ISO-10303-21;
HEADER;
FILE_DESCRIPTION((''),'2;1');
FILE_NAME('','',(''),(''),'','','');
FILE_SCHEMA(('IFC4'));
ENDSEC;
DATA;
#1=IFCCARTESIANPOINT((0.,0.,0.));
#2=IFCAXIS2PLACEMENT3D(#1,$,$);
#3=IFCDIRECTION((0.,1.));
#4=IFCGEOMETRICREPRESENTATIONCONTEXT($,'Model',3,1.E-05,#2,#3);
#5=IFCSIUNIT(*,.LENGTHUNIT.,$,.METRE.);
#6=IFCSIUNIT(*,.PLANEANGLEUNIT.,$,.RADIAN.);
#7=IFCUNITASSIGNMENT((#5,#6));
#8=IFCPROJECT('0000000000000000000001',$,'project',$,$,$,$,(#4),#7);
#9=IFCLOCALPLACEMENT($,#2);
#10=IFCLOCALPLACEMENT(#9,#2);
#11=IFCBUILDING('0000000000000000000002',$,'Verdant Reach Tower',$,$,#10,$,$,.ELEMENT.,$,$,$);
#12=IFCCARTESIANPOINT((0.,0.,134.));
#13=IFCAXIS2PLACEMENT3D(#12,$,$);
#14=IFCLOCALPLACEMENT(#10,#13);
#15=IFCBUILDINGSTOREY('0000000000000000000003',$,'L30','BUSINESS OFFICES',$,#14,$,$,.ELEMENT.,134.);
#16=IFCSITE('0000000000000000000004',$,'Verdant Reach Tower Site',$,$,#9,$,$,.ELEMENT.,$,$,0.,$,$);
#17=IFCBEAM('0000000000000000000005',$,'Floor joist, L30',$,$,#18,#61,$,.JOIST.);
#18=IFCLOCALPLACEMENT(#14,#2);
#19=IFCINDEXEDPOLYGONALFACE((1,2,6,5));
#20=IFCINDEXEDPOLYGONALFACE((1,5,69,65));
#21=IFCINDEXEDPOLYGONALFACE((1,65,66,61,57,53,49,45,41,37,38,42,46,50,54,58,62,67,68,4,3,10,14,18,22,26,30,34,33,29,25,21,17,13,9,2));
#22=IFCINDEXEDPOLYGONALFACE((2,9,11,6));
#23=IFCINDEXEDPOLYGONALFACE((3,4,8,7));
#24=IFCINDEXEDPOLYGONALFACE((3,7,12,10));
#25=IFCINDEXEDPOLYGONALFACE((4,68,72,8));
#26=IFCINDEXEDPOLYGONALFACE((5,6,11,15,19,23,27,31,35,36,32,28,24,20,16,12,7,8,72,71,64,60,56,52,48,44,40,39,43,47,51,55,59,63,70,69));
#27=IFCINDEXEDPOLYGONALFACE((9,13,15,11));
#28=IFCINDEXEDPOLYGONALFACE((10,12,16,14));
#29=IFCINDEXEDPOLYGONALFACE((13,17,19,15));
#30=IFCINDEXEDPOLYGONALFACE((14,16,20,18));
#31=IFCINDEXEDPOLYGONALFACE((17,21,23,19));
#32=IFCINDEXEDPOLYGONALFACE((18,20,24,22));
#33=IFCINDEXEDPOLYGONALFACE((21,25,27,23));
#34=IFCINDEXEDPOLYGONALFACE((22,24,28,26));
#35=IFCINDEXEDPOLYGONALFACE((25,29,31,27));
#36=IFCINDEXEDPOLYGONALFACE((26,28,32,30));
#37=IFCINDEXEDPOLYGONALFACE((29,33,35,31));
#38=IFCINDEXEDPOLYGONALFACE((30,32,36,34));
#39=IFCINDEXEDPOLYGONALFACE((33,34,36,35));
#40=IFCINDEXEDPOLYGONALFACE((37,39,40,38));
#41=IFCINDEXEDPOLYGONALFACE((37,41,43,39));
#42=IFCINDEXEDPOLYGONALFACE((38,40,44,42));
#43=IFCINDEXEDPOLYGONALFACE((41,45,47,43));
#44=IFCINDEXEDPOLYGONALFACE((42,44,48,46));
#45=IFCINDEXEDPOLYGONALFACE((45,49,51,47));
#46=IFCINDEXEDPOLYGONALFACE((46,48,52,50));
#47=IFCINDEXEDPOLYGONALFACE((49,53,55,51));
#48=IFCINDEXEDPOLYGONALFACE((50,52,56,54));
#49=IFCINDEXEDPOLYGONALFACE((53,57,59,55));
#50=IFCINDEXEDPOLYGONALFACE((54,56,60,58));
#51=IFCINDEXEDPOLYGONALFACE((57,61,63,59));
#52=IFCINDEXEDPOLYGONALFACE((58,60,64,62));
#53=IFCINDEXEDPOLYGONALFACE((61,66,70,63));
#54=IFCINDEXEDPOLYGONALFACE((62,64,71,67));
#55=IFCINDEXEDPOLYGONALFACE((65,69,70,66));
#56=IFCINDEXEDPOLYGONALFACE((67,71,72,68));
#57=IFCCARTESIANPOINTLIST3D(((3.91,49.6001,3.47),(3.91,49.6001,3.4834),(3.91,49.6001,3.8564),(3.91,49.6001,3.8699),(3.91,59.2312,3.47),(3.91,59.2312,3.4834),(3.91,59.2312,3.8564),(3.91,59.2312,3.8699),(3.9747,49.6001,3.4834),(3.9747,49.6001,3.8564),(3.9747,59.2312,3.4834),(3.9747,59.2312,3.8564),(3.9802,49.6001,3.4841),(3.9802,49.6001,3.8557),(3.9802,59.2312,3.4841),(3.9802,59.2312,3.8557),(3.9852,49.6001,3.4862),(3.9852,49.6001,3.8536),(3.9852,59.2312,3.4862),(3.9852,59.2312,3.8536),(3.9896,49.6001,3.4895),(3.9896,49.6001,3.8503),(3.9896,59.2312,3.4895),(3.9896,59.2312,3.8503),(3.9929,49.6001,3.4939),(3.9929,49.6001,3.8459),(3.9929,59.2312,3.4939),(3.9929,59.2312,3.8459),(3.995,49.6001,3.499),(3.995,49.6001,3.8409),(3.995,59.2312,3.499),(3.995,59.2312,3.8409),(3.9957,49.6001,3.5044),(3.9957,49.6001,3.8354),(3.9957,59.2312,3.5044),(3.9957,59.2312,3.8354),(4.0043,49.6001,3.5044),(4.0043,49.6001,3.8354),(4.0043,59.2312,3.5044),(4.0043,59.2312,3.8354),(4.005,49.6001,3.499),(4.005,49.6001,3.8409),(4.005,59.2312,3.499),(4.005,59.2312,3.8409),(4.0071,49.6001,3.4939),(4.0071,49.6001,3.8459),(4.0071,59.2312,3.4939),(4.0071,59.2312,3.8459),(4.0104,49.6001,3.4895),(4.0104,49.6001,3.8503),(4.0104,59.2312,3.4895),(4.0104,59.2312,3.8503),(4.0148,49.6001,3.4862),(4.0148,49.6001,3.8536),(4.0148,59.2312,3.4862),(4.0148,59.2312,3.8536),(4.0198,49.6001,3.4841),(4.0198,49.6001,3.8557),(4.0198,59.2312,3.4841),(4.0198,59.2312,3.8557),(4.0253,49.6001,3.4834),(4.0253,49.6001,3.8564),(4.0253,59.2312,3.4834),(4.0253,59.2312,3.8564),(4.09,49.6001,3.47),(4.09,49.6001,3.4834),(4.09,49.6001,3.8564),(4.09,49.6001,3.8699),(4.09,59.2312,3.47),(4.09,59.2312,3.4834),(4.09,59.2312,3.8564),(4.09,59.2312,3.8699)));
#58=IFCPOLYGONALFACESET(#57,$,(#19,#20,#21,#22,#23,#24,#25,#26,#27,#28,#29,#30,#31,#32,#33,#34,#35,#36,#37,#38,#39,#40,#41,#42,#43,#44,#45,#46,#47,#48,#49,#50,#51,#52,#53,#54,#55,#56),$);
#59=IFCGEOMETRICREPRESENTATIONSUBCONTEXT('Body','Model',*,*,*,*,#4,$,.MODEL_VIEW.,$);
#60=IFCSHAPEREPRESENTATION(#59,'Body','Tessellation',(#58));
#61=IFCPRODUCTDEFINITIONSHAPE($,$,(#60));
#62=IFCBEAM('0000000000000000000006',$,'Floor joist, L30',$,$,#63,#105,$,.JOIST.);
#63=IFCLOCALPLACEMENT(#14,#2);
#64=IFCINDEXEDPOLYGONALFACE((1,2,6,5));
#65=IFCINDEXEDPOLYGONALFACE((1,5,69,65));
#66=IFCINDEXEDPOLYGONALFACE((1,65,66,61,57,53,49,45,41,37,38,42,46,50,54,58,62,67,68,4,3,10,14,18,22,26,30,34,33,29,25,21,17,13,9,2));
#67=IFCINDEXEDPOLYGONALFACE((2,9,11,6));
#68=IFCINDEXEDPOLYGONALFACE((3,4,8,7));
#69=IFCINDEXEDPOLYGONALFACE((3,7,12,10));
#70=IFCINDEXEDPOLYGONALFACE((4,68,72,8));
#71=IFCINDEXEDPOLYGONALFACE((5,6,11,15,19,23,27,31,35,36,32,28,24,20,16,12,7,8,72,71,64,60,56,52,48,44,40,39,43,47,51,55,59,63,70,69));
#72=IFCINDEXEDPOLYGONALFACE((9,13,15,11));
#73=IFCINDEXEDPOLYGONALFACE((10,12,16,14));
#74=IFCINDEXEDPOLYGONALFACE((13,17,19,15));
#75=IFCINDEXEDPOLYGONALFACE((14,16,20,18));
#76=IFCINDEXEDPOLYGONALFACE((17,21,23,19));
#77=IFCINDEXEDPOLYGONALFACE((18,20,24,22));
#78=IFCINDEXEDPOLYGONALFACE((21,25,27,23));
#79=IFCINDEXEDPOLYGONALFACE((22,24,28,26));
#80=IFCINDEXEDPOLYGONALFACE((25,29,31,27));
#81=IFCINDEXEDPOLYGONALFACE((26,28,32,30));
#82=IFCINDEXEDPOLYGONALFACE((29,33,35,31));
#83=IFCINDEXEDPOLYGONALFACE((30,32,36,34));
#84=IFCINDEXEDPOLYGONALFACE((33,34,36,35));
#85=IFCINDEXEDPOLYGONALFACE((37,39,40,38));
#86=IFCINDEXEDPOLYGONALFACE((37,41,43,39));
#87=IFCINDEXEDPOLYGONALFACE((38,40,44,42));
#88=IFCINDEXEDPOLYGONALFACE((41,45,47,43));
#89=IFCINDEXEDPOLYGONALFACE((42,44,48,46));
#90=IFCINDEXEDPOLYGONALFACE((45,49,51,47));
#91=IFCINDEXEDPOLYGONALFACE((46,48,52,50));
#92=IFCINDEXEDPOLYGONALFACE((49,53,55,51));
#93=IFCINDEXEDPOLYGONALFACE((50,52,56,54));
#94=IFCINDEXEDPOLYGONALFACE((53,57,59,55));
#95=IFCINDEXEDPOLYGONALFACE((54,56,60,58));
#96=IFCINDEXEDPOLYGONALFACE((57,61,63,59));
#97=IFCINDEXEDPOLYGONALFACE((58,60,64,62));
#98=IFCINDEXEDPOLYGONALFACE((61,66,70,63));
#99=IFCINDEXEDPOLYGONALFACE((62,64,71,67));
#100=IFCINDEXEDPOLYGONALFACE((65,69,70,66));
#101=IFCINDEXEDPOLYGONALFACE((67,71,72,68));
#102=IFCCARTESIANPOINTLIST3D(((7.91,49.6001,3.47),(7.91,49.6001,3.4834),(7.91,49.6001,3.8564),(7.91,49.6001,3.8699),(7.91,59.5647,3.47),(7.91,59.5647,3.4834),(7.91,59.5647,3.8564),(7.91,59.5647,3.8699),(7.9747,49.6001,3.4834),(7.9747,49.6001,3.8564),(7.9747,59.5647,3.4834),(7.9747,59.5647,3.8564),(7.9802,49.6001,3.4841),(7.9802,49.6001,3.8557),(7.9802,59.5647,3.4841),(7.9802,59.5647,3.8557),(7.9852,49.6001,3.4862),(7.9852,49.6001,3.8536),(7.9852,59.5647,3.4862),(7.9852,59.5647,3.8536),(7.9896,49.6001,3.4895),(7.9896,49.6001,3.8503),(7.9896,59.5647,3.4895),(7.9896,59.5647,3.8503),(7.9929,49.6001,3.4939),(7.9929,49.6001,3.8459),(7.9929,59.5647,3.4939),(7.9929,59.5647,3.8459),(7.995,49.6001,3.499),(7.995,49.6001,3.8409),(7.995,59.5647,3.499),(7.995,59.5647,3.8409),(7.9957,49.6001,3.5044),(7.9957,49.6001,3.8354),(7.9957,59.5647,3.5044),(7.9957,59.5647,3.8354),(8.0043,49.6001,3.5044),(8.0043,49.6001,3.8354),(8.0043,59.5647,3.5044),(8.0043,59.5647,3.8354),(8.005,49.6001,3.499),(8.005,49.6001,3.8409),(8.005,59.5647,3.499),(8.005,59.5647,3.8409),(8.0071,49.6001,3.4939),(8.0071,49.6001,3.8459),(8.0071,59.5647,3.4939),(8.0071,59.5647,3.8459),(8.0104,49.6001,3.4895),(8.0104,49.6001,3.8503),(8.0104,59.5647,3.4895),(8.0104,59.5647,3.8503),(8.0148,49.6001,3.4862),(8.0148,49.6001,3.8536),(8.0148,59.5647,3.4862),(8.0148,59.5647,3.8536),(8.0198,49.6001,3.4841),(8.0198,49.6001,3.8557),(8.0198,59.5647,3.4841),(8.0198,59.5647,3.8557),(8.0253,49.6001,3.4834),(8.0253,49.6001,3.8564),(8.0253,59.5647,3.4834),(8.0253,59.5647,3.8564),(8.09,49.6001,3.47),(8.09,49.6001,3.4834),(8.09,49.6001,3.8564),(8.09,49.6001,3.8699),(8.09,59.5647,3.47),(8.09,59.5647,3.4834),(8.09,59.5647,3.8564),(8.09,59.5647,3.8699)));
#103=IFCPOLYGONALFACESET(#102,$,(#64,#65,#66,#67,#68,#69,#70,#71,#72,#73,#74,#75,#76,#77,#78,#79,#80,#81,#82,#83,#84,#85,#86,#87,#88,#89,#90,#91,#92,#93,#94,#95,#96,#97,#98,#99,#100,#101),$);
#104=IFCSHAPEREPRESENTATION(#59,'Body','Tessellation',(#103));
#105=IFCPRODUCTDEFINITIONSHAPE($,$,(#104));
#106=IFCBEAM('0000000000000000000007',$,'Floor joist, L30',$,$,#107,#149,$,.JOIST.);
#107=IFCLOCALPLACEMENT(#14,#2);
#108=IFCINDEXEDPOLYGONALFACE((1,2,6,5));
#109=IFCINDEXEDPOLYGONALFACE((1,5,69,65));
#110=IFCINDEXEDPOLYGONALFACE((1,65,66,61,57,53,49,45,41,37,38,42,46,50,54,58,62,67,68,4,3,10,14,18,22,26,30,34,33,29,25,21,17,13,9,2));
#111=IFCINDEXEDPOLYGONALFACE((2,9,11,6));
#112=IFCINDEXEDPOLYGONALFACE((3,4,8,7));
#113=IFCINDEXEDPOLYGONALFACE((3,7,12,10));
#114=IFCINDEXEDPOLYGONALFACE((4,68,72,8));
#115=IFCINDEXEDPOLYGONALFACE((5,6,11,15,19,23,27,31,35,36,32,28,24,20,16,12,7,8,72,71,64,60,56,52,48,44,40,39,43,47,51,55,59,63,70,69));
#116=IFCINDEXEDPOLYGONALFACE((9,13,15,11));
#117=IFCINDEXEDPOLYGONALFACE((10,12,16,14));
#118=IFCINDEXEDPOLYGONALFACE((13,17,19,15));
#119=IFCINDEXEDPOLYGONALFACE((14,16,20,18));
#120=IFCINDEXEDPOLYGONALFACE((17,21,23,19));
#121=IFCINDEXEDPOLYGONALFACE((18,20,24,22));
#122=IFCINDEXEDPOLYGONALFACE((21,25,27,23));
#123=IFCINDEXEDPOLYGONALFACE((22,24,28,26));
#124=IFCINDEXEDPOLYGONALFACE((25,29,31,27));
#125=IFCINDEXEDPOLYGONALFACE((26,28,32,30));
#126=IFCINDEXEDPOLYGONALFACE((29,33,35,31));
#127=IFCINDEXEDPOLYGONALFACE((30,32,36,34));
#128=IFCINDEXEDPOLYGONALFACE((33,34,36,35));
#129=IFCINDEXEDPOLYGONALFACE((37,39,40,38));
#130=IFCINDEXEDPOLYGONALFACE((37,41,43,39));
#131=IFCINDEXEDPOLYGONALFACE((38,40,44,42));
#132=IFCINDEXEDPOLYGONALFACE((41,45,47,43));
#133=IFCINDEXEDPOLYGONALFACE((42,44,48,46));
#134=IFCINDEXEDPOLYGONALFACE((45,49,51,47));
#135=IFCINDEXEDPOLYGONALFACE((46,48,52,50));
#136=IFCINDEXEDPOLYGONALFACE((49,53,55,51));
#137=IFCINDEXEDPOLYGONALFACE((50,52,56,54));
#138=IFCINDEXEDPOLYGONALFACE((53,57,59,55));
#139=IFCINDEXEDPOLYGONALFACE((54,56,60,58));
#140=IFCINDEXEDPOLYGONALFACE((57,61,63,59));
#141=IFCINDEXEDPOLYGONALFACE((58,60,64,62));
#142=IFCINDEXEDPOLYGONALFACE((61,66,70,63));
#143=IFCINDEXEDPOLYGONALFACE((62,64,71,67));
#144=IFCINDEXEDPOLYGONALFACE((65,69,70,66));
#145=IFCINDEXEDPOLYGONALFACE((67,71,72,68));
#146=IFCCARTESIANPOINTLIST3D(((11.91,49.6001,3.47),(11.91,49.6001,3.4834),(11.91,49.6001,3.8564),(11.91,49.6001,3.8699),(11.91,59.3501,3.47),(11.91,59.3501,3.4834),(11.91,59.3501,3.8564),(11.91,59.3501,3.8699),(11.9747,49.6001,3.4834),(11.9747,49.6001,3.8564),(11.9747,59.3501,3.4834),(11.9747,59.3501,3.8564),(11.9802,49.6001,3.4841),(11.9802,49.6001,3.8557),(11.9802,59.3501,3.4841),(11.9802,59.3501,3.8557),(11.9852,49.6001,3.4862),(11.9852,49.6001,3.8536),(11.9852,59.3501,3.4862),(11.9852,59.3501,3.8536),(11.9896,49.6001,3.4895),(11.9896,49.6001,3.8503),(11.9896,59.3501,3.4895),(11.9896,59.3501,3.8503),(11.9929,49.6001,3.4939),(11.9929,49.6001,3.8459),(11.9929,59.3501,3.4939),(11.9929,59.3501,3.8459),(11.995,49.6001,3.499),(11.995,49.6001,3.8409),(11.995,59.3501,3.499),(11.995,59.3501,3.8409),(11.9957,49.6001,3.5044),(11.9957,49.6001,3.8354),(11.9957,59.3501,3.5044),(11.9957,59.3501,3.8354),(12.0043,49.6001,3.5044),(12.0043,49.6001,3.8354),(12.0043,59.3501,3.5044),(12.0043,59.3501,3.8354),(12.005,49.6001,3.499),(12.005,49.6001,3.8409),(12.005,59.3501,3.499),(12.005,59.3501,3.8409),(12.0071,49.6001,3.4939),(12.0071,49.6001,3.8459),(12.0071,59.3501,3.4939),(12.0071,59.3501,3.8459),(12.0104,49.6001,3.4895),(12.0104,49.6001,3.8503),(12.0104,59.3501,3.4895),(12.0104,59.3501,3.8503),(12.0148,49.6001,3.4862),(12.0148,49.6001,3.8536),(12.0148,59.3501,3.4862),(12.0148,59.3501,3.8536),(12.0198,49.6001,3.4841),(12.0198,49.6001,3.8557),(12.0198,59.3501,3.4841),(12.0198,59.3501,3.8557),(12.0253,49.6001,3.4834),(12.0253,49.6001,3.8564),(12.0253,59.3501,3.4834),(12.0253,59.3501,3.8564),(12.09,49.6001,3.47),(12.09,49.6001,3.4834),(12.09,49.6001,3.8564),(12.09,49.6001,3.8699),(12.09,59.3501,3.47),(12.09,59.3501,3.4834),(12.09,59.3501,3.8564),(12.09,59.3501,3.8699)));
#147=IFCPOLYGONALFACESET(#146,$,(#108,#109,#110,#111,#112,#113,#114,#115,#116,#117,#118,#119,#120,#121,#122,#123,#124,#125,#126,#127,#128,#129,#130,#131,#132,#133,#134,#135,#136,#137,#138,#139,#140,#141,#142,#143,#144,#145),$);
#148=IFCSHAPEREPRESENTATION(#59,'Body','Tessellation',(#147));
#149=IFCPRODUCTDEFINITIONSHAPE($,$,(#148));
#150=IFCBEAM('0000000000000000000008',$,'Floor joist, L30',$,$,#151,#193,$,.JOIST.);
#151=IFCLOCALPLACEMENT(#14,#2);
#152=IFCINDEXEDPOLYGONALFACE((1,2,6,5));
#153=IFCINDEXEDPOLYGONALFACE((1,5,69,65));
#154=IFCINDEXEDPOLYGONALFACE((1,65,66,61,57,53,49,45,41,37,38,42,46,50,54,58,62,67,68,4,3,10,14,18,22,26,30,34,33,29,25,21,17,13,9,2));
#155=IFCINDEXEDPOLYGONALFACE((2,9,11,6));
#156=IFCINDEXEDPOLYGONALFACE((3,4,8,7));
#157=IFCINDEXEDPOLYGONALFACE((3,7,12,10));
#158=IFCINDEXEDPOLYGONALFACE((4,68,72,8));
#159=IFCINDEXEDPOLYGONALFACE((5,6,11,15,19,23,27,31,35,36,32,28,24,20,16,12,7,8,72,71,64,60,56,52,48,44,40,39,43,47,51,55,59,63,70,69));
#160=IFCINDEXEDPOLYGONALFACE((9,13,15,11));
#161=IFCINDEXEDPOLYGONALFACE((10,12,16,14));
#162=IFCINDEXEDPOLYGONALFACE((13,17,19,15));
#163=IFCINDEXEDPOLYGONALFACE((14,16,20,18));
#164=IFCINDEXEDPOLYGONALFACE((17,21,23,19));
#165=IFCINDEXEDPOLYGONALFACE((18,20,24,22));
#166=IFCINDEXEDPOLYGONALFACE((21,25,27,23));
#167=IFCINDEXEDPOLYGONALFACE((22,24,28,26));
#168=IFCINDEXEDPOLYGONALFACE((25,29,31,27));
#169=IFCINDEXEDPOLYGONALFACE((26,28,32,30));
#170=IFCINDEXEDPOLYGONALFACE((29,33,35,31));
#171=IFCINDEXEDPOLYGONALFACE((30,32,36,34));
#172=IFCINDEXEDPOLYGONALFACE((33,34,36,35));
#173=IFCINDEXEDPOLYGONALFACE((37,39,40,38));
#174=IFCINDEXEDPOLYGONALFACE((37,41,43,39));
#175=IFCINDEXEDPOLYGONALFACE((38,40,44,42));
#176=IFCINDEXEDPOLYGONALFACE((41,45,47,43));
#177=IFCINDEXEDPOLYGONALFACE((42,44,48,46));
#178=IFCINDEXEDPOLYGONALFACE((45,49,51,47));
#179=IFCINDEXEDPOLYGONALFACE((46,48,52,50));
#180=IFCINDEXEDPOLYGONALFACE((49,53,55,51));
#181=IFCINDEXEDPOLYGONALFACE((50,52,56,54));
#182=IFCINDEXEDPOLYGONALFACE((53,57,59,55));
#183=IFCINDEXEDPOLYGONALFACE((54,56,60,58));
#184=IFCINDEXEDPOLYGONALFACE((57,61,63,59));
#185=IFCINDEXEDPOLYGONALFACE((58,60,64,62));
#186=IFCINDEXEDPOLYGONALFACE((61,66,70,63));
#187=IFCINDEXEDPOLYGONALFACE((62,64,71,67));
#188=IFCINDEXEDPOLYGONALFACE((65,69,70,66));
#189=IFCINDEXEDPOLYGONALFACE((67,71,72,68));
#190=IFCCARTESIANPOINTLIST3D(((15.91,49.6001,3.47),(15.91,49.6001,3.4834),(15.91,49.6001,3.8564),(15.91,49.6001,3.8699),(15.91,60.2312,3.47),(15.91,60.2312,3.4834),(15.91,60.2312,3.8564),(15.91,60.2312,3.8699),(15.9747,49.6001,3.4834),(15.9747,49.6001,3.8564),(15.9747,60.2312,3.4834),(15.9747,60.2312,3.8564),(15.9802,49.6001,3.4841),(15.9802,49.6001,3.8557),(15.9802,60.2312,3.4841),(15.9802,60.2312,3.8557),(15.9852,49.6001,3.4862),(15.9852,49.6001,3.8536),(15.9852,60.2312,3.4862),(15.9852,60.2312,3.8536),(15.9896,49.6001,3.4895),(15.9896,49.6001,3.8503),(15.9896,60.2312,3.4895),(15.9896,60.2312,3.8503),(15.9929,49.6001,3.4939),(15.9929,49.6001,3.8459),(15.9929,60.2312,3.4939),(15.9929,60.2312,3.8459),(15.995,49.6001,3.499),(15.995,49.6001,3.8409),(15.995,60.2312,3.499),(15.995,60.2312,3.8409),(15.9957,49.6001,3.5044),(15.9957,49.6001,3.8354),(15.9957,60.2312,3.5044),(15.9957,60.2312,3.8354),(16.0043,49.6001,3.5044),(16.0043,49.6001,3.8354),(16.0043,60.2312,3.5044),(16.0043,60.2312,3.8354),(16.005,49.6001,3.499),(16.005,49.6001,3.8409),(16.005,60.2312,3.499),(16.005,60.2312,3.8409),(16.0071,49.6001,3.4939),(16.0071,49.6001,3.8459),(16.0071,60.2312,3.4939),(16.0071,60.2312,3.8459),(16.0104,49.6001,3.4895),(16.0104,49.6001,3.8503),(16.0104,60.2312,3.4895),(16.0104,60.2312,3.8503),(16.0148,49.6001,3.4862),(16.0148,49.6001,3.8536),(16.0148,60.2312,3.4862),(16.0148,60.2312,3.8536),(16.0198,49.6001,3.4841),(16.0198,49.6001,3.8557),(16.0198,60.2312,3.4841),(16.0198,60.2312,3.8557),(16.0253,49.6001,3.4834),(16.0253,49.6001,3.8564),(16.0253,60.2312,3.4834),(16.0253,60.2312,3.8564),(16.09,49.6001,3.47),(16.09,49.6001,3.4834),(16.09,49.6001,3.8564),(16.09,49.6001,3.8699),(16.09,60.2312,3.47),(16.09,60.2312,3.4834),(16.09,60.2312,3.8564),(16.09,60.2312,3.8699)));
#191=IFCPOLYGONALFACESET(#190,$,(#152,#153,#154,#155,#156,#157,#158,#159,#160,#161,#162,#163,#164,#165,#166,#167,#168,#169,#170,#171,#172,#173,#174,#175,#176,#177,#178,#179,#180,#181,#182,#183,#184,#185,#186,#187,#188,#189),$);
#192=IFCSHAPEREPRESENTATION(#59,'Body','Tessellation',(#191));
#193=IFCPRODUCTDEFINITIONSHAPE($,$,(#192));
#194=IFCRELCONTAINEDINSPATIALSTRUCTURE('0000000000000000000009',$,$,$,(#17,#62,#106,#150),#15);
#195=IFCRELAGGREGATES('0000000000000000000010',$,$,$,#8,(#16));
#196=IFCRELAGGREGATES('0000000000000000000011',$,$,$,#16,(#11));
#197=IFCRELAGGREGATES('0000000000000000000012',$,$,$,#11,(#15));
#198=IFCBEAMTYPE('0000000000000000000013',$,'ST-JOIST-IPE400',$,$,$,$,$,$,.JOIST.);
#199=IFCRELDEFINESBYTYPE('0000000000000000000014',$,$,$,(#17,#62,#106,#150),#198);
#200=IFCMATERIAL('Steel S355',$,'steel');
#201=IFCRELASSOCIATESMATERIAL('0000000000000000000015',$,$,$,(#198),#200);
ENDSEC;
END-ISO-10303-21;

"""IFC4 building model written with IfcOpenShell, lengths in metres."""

from ifc_helpers import new_model, si_unit, direction, frame, origin, origin_2d, place, context, subcontext, project, spatial, i_section, extrude, material, material_profile, profile_set, type_object, element, save


model = new_model("IFC4")

# Units and contexts
model_context = context("Model", 3, precision=1e-05, world=origin(), true_north=direction((0.0, 1.0)))
body_context = subcontext(model_context, "Body", "Model", "MODEL_VIEW")
ifc_project = project(units=[si_unit("LENGTHUNIT", "METRE"), si_unit("PLANEANGLEUNIT", "RADIAN")], contexts=[model_context])

# Site, building, storey
site_placement = place(None, origin())
site = spatial("IfcSite", under=ifc_project, at=site_placement, Name="Verdant Reach Tower Site", CompositionType="ELEMENT", RefElevation=0.0)
building_placement = place(site_placement, origin())
building = spatial("IfcBuilding", under=site, at=building_placement, Name="Verdant Reach Tower", CompositionType="ELEMENT")
storey_placement = place(building_placement, frame((0.0, 0.0, 134.0)))
storey = spatial("IfcBuildingStorey", under=building, at=storey_placement, Name="L30", Description="BUSINESS OFFICES", CompositionType="ELEMENT", Elevation=134.0)

# Beams
ifc_material_1 = material(Name="Steel S355", Category="steel")
ifc_material_profile_1 = material_profile(ifc_material_1, i_section(OverallWidth=0.1799, OverallDepth=0.3999, WebThickness=0.0085, FlangeThickness=0.0134, FilletRadius=0.021, at=origin_2d()), Name="IPE 400")
ifc_profile_set_1 = profile_set([ifc_material_profile_1], Name="Steel S355")
beam_type_1 = type_object("IfcBeamType", Name="ST-JOIST-IPE400", PredefinedType="JOIST", material=ifc_profile_set_1)
beam_1_placement = place(storey_placement, frame((4.0, 49.6001, 3.6699), z_axis=(0.0, 1.0, 0.0), x_axis=(-1.0, 0.0, 0.0)))
element("IfcBeam", 1, at=beam_1_placement, inside=storey, type_object=beam_type_1, Name="Floor joist, L30", PredefinedType="JOIST", context=body_context, shape_type="SweptSolid", body=[
    extrude(i_section(OverallWidth=0.1799, OverallDepth=0.3999, WebThickness=0.0085, FlangeThickness=0.0134, FilletRadius=0.021, at=origin_2d()), origin(), (0.0, 0.0, 1.0), 9.6311),
])
beam_2_placement = place(storey_placement, frame((8.0, 49.6001, 3.6699), z_axis=(0.0, 1.0, 0.0), x_axis=(-1.0, 0.0, 0.0)))
element("IfcBeam", 2, at=beam_2_placement, inside=storey, type_object=beam_type_1, Name="Floor joist, L30", PredefinedType="JOIST", context=body_context, shape_type="SweptSolid", body=[
    extrude(i_section(OverallWidth=0.1799, OverallDepth=0.3999, WebThickness=0.0085, FlangeThickness=0.0134, FilletRadius=0.021, at=origin_2d()), origin(), (0.0, 0.0, 1.0), 9.9646),
])
beam_3_placement = place(storey_placement, frame((12.0, 49.6001, 3.6699), z_axis=(0.0, 1.0, 0.0), x_axis=(-1.0, 0.0, 0.0)))
element("IfcBeam", 3, at=beam_3_placement, inside=storey, type_object=beam_type_1, Name="Floor joist, L30", PredefinedType="JOIST", context=body_context, shape_type="SweptSolid", body=[
    extrude(i_section(OverallWidth=0.1799, OverallDepth=0.3999, WebThickness=0.0085, FlangeThickness=0.0134, FilletRadius=0.021, at=origin_2d()), origin(), (0.0, 0.0, 1.0), 9.75),
])
beam_4_placement = place(storey_placement, frame((16.0, 49.6001, 3.6699), z_axis=(0.0, 1.0, 0.0), x_axis=(-1.0, 0.0, 0.0)))
element("IfcBeam", 4, at=beam_4_placement, inside=storey, type_object=beam_type_1, Name="Floor joist, L30", PredefinedType="JOIST", context=body_context, shape_type="SweptSolid", body=[
    extrude(i_section(OverallWidth=0.1799, OverallDepth=0.3999, WebThickness=0.0085, FlangeThickness=0.0134, FilletRadius=0.021, at=origin_2d()), origin(), (0.0, 0.0, 1.0), 10.6311),
])

save(model, "model.ifc")
